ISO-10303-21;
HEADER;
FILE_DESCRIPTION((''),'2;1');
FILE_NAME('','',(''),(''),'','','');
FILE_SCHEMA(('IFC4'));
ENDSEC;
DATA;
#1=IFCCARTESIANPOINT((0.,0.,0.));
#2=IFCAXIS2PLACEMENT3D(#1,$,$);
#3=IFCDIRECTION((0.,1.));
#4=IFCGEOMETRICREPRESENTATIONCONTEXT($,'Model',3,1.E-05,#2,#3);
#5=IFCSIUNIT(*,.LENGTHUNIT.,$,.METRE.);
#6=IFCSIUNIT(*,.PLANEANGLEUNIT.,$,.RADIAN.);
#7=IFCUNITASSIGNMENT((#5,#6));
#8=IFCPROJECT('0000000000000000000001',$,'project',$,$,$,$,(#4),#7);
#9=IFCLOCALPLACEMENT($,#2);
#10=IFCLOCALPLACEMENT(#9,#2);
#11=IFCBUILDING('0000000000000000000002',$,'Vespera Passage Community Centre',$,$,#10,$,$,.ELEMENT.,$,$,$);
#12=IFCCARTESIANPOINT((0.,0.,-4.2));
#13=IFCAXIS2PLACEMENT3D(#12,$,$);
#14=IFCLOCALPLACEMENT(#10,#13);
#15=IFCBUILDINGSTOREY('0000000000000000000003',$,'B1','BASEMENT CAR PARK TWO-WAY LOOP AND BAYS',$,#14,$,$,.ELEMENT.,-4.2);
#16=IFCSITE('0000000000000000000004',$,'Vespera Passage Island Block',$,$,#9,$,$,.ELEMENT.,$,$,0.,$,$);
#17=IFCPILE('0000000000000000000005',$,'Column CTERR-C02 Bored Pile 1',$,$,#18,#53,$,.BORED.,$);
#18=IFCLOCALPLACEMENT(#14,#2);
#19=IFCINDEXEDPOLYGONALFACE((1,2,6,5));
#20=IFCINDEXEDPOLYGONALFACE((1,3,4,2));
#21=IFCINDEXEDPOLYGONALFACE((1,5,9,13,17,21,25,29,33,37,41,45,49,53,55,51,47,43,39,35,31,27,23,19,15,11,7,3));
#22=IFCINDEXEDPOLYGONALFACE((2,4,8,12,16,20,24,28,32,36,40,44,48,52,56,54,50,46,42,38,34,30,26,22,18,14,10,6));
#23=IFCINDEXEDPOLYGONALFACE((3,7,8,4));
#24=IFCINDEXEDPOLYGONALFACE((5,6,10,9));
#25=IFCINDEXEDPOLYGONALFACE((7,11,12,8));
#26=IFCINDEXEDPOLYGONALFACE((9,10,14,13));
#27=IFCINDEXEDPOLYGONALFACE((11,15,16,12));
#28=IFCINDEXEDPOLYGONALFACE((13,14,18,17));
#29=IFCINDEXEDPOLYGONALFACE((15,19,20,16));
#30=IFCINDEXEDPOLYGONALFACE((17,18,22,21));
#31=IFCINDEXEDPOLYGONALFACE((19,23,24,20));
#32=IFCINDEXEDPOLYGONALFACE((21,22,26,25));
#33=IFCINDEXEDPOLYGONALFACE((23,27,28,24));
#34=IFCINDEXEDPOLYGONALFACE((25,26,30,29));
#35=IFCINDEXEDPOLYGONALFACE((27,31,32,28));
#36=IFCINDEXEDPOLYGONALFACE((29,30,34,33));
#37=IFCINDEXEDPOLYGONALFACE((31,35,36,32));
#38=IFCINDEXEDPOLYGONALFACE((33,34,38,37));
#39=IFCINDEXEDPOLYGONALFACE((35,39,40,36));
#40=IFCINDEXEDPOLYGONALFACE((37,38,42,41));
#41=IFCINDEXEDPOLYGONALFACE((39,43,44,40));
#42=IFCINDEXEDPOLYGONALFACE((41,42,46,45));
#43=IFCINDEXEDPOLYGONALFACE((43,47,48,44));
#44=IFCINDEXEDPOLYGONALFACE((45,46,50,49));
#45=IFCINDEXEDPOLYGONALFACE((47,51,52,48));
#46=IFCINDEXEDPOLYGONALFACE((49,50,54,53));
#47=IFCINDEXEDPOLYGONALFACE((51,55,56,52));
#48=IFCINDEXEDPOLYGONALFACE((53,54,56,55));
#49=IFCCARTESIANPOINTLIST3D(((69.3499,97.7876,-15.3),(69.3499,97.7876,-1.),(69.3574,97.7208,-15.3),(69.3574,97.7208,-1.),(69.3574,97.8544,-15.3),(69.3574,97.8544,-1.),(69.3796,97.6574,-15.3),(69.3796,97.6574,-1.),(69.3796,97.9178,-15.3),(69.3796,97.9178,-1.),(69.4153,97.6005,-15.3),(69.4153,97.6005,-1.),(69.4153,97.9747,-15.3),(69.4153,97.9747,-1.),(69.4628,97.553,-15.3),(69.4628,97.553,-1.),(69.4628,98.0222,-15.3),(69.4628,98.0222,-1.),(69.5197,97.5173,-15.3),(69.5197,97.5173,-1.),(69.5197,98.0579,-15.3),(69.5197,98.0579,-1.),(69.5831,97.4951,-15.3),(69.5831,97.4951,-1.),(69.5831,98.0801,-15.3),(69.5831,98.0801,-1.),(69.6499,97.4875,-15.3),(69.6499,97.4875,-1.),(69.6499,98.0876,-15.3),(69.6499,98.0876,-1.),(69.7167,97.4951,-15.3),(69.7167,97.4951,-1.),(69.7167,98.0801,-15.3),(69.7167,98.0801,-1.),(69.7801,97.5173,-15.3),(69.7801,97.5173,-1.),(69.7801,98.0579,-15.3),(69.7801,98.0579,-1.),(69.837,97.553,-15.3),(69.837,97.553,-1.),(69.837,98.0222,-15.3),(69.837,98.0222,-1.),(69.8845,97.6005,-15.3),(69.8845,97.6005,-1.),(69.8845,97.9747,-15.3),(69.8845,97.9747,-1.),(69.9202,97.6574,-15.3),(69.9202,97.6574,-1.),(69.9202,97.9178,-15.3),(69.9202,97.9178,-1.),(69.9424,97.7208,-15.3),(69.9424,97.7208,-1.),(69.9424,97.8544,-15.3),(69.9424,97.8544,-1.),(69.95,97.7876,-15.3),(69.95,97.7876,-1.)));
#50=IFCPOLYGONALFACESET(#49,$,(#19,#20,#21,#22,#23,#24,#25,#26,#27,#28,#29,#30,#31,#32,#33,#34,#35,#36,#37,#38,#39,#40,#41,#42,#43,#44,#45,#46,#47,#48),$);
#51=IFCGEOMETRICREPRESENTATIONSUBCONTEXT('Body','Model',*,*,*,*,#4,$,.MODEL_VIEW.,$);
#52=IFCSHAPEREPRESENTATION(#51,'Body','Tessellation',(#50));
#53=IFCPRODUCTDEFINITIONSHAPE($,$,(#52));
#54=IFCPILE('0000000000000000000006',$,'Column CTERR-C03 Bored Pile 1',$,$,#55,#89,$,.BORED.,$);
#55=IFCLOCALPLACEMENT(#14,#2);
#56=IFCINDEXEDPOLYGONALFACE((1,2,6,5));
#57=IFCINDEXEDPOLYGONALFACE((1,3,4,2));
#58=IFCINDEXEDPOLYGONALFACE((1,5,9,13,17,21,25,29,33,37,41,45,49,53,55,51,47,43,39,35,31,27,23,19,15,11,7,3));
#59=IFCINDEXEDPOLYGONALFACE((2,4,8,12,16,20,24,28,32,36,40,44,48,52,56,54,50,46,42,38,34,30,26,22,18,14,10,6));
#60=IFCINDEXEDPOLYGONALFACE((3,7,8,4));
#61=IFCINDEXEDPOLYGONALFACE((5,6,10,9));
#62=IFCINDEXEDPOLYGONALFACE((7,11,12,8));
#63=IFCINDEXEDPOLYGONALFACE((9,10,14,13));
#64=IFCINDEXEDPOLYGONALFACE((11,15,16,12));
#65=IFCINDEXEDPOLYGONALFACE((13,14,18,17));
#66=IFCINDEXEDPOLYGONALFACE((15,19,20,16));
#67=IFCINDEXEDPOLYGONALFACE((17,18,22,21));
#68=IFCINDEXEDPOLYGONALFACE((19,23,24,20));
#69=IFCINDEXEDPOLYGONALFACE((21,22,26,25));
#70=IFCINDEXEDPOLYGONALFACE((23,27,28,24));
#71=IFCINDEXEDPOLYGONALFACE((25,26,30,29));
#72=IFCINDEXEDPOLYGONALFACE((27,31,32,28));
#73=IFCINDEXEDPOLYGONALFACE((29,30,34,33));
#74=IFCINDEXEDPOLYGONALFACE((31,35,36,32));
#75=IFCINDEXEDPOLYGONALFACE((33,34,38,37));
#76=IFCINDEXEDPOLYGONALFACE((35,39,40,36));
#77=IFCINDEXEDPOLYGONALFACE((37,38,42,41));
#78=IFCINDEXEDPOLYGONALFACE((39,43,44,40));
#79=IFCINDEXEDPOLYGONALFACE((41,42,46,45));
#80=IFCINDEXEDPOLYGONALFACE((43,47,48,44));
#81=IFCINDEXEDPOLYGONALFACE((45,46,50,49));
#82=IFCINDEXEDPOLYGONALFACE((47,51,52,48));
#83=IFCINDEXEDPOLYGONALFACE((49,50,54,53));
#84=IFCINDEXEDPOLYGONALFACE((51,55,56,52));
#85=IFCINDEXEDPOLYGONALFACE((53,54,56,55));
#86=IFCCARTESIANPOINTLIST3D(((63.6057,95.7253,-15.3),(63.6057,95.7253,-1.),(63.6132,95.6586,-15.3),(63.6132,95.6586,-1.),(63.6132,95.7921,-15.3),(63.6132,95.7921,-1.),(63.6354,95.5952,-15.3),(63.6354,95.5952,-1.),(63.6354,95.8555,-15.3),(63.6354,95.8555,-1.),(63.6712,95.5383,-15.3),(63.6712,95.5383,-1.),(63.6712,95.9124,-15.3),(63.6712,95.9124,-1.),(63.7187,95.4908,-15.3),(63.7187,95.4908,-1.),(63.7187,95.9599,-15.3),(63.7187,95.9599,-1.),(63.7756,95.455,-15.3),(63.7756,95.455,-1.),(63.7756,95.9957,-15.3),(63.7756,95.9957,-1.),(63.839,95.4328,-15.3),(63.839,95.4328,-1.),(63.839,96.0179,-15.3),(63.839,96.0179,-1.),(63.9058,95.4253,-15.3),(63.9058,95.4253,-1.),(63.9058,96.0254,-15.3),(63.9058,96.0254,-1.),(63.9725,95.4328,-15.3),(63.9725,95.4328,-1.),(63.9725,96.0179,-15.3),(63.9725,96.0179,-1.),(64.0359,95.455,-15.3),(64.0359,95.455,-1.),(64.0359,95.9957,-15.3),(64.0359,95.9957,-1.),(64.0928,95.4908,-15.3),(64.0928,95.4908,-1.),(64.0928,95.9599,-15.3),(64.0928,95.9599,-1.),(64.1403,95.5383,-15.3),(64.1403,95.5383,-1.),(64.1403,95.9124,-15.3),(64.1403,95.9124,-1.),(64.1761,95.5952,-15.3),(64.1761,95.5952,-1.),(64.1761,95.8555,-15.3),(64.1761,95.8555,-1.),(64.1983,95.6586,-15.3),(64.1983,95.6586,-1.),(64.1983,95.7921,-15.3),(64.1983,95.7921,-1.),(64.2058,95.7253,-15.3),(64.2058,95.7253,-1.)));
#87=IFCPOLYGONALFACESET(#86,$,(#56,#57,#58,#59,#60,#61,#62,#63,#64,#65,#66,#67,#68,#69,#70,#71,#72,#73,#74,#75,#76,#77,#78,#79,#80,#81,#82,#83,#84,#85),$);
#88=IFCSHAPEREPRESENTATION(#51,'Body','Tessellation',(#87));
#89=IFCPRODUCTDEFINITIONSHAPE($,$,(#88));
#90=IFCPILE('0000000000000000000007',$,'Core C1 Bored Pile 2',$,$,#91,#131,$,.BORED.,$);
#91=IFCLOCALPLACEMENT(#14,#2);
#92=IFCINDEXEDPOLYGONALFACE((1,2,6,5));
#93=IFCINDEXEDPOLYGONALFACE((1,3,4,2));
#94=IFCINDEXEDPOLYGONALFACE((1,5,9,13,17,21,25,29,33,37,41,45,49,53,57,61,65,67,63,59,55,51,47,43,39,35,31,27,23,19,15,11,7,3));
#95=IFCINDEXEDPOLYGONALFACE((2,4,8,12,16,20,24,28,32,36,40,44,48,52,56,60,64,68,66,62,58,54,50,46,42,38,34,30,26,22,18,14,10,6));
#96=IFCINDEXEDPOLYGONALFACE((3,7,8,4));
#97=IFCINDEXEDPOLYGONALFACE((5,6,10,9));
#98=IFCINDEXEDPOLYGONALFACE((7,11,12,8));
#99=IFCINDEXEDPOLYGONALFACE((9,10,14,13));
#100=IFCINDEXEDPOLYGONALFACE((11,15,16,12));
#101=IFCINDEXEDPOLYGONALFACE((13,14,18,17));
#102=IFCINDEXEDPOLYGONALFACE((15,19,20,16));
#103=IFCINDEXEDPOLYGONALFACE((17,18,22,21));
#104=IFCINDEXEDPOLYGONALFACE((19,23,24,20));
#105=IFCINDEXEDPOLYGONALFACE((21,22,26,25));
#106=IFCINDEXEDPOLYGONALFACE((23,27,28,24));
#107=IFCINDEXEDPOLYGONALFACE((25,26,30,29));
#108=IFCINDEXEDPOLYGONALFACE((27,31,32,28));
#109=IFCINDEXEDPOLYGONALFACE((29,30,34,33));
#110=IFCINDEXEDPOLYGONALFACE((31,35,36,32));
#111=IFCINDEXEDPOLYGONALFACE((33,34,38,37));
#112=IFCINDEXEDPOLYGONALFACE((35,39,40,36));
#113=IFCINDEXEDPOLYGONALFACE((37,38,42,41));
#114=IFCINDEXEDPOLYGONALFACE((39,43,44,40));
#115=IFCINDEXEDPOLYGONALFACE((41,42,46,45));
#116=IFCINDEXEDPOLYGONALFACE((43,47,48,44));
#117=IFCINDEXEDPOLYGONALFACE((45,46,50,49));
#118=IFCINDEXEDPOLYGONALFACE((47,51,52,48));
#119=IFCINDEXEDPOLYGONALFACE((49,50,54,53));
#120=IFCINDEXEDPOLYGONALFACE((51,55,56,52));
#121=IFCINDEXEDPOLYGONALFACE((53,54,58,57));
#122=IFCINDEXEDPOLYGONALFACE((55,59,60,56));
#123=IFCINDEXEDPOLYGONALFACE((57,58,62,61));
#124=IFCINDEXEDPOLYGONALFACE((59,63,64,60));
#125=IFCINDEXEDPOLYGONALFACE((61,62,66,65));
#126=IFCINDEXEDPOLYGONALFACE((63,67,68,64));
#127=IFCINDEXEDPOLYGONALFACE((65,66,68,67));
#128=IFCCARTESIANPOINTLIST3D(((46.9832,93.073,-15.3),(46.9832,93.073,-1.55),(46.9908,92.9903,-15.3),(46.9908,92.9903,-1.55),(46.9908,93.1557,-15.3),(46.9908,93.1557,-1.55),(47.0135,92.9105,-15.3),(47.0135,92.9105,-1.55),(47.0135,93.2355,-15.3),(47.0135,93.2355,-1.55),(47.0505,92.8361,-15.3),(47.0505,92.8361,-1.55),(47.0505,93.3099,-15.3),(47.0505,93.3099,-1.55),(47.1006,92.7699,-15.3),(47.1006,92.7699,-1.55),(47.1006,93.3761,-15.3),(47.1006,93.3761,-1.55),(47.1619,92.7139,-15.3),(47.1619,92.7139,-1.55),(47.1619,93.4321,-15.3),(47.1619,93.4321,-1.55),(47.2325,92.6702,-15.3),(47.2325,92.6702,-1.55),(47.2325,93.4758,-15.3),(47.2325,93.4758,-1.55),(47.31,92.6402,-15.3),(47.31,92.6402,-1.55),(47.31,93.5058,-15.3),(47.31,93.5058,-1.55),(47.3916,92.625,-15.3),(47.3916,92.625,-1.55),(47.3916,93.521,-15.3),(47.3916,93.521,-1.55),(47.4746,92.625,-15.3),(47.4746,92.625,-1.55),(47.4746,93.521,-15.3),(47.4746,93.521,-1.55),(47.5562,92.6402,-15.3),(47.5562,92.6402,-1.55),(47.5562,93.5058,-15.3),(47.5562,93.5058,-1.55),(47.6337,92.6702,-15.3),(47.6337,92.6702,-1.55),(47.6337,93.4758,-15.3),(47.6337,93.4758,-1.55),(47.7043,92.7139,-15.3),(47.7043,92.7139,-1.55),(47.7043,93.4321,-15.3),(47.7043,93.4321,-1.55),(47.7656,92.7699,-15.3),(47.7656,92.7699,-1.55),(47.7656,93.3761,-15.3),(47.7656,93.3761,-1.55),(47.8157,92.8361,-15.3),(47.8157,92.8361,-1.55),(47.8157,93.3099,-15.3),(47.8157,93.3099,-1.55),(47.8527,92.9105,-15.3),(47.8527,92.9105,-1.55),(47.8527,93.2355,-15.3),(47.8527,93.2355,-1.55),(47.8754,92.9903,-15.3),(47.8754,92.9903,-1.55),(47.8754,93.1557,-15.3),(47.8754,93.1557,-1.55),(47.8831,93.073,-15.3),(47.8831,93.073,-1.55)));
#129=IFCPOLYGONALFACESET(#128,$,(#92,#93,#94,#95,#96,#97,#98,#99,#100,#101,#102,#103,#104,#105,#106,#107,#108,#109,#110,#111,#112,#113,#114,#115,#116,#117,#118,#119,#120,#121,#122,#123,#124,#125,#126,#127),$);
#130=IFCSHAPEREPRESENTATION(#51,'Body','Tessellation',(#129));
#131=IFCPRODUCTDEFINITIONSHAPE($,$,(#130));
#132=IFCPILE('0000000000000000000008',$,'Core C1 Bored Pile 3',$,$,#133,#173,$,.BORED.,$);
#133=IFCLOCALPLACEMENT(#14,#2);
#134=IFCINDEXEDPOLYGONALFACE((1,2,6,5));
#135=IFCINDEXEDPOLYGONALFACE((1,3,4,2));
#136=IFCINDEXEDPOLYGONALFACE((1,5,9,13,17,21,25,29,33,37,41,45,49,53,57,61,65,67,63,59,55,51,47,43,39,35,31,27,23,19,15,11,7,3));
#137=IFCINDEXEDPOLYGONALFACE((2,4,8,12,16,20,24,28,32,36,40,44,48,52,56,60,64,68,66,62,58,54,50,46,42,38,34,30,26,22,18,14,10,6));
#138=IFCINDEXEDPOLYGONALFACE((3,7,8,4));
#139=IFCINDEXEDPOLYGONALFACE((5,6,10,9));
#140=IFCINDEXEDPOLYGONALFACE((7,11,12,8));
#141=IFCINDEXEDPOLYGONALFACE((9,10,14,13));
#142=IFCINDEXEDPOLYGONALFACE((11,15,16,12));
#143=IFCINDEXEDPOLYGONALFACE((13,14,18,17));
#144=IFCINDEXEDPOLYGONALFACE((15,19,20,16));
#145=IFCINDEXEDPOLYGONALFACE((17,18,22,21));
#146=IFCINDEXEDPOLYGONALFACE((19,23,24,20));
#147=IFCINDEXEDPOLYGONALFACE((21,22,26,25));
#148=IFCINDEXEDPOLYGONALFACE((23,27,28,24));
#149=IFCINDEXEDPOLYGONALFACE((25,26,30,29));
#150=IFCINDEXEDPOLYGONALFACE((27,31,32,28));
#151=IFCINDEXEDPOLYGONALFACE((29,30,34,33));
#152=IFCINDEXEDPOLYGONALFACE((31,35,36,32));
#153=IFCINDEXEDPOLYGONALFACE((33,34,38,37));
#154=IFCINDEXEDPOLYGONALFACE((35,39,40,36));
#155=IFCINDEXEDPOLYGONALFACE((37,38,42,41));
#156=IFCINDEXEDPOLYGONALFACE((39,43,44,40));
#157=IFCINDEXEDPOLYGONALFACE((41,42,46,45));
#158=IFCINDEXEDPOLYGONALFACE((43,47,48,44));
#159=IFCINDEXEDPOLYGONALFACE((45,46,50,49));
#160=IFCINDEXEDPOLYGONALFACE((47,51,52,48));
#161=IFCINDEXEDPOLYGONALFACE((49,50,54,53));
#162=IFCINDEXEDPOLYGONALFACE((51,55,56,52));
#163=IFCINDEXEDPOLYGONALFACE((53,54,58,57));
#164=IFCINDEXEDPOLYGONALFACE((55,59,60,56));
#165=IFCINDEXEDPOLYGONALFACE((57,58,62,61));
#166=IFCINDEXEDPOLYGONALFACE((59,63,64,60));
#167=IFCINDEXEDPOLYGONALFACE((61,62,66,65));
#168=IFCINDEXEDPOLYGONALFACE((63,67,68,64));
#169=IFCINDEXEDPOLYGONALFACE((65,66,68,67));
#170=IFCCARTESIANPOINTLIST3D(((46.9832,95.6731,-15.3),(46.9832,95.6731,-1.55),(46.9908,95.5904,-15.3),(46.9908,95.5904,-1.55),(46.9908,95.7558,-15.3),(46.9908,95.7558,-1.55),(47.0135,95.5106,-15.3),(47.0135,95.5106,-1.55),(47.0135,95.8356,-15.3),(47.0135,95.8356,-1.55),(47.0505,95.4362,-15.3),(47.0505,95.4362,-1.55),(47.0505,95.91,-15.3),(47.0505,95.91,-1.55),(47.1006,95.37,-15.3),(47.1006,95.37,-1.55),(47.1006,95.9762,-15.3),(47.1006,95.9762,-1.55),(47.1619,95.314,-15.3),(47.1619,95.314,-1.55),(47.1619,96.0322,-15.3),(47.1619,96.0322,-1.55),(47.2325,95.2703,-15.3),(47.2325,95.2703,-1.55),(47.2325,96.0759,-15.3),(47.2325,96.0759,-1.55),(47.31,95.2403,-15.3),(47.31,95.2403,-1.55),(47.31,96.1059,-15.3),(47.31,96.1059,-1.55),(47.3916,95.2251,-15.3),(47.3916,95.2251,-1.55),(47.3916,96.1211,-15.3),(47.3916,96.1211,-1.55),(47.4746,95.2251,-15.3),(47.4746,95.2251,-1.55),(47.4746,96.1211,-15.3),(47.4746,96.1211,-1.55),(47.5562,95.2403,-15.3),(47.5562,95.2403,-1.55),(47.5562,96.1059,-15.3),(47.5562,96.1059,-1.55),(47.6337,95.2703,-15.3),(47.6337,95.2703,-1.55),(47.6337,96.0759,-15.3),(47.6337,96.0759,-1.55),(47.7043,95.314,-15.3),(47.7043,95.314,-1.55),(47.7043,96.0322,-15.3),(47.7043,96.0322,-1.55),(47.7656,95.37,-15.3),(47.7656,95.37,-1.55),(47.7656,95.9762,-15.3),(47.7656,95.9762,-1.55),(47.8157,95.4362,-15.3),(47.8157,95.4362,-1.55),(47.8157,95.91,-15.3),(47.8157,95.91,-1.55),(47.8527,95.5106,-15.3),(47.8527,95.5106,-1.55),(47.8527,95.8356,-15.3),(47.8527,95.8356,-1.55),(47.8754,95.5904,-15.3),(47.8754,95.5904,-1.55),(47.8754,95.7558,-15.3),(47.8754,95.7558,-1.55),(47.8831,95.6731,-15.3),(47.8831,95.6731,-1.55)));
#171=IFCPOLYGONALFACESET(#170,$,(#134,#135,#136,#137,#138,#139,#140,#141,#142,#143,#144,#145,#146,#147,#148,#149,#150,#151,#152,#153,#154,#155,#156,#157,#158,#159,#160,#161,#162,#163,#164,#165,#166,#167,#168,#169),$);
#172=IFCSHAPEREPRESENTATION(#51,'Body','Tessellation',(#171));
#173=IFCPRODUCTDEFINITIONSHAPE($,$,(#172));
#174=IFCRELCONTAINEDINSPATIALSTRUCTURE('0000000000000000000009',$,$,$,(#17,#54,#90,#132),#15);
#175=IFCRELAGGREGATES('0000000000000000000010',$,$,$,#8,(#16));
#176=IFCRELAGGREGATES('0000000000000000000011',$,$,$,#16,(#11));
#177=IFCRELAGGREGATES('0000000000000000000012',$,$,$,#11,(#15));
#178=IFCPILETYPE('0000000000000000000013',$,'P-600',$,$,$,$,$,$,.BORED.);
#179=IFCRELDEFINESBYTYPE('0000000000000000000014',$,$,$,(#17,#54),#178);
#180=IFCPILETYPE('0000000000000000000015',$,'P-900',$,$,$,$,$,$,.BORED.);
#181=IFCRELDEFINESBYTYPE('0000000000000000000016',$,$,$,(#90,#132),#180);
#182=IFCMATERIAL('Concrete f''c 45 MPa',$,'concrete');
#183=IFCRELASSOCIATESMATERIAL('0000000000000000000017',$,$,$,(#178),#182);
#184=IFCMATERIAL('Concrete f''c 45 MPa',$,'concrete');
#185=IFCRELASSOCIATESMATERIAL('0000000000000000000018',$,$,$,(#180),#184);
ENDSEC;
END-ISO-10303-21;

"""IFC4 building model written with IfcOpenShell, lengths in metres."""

from ifc_helpers import new_model, si_unit, direction, frame, origin, origin_2d, place, context, subcontext, project, spatial, circle, extrude, material, material_profile, profile_set, type_object, element, save


model = new_model("IFC4")

# Units and contexts
model_context = context("Model", 3, precision=1e-05, world=origin(), true_north=direction((0.0, 1.0)))
body_context = subcontext(model_context, "Body", "Model", "MODEL_VIEW")
ifc_project = project(units=[si_unit("LENGTHUNIT", "METRE"), si_unit("PLANEANGLEUNIT", "RADIAN")], contexts=[model_context])

# Site, building, storey
site_placement = place(None, origin())
site = spatial("IfcSite", under=ifc_project, at=site_placement, Name="Vespera Passage Island Block", CompositionType="ELEMENT", RefElevation=0.0)
building_placement = place(site_placement, origin())
building = spatial("IfcBuilding", under=site, at=building_placement, Name="Vespera Passage Community Centre", CompositionType="ELEMENT")
storey_placement = place(building_placement, frame((0.0, 0.0, -4.2)))
storey = spatial("IfcBuildingStorey", under=building, at=storey_placement, Name="B1", Description="BASEMENT CAR PARK TWO-WAY LOOP AND BAYS", CompositionType="ELEMENT", Elevation=-4.2)

# Piles
ifc_material_1 = material(Name="Concrete f'c 45 MPa", Category="concrete")
ifc_material_profile_1 = material_profile(ifc_material_1, circle(Radius=0.3, at=origin_2d()), Name="PILE600DIA")
ifc_profile_set_1 = profile_set([ifc_material_profile_1], Name="Concrete f'c 45 MPa")
pile_type_1 = type_object("IfcPileType", Name="P-600", PredefinedType="BORED", material=ifc_profile_set_1)
for number, where, z_axis, x_axis, name in (
    (1, (69.6499, 97.7876, -1.0), (0.0, 0.0, -1.0), (1.0, 0.0, 0.0), "Column CTERR-C02 Bored Pile 1"),
    (2, (63.9058, 95.7253, -1.0), (0.0, 0.0, -1.0), (1.0, 0.0, 0.0), "Column CTERR-C03 Bored Pile 1"),
):
    element("IfcPile", number, at=place(storey_placement, frame(where, z_axis=z_axis, x_axis=x_axis)), inside=storey, type_object=pile_type_1, Name=name, PredefinedType="BORED", context=body_context, shape_type="SweptSolid", body=[
        extrude(circle(Radius=0.3, at=origin_2d()), origin(), (0.0, 0.0, 1.0), 14.3),
    ])
ifc_material_2 = material(Name="Concrete f'c 45 MPa", Category="concrete")
ifc_material_profile_2 = material_profile(ifc_material_2, circle(Radius=0.45, at=origin_2d()), Name="PILE900DIA")
ifc_profile_set_2 = profile_set([ifc_material_profile_2], Name="Concrete f'c 45 MPa")
pile_type_2 = type_object("IfcPileType", Name="P-900", PredefinedType="BORED", material=ifc_profile_set_2)
for number, where, z_axis, x_axis, name in (
    (3, (47.4331, 93.073, -1.55), (0.0, 0.0, -1.0), (1.0, 0.0, 0.0), "Core C1 Bored Pile 2"),
    (4, (47.4331, 95.6731, -1.55), (0.0, 0.0, -1.0), (1.0, 0.0, 0.0), "Core C1 Bored Pile 3"),
):
    element("IfcPile", number, at=place(storey_placement, frame(where, z_axis=z_axis, x_axis=x_axis)), inside=storey, type_object=pile_type_2, Name=name, PredefinedType="BORED", context=body_context, shape_type="SweptSolid", body=[
        extrude(circle(Radius=0.45, at=origin_2d()), origin(), (0.0, 0.0, 1.0), 13.75),
    ])

save(model, "model.ifc")
